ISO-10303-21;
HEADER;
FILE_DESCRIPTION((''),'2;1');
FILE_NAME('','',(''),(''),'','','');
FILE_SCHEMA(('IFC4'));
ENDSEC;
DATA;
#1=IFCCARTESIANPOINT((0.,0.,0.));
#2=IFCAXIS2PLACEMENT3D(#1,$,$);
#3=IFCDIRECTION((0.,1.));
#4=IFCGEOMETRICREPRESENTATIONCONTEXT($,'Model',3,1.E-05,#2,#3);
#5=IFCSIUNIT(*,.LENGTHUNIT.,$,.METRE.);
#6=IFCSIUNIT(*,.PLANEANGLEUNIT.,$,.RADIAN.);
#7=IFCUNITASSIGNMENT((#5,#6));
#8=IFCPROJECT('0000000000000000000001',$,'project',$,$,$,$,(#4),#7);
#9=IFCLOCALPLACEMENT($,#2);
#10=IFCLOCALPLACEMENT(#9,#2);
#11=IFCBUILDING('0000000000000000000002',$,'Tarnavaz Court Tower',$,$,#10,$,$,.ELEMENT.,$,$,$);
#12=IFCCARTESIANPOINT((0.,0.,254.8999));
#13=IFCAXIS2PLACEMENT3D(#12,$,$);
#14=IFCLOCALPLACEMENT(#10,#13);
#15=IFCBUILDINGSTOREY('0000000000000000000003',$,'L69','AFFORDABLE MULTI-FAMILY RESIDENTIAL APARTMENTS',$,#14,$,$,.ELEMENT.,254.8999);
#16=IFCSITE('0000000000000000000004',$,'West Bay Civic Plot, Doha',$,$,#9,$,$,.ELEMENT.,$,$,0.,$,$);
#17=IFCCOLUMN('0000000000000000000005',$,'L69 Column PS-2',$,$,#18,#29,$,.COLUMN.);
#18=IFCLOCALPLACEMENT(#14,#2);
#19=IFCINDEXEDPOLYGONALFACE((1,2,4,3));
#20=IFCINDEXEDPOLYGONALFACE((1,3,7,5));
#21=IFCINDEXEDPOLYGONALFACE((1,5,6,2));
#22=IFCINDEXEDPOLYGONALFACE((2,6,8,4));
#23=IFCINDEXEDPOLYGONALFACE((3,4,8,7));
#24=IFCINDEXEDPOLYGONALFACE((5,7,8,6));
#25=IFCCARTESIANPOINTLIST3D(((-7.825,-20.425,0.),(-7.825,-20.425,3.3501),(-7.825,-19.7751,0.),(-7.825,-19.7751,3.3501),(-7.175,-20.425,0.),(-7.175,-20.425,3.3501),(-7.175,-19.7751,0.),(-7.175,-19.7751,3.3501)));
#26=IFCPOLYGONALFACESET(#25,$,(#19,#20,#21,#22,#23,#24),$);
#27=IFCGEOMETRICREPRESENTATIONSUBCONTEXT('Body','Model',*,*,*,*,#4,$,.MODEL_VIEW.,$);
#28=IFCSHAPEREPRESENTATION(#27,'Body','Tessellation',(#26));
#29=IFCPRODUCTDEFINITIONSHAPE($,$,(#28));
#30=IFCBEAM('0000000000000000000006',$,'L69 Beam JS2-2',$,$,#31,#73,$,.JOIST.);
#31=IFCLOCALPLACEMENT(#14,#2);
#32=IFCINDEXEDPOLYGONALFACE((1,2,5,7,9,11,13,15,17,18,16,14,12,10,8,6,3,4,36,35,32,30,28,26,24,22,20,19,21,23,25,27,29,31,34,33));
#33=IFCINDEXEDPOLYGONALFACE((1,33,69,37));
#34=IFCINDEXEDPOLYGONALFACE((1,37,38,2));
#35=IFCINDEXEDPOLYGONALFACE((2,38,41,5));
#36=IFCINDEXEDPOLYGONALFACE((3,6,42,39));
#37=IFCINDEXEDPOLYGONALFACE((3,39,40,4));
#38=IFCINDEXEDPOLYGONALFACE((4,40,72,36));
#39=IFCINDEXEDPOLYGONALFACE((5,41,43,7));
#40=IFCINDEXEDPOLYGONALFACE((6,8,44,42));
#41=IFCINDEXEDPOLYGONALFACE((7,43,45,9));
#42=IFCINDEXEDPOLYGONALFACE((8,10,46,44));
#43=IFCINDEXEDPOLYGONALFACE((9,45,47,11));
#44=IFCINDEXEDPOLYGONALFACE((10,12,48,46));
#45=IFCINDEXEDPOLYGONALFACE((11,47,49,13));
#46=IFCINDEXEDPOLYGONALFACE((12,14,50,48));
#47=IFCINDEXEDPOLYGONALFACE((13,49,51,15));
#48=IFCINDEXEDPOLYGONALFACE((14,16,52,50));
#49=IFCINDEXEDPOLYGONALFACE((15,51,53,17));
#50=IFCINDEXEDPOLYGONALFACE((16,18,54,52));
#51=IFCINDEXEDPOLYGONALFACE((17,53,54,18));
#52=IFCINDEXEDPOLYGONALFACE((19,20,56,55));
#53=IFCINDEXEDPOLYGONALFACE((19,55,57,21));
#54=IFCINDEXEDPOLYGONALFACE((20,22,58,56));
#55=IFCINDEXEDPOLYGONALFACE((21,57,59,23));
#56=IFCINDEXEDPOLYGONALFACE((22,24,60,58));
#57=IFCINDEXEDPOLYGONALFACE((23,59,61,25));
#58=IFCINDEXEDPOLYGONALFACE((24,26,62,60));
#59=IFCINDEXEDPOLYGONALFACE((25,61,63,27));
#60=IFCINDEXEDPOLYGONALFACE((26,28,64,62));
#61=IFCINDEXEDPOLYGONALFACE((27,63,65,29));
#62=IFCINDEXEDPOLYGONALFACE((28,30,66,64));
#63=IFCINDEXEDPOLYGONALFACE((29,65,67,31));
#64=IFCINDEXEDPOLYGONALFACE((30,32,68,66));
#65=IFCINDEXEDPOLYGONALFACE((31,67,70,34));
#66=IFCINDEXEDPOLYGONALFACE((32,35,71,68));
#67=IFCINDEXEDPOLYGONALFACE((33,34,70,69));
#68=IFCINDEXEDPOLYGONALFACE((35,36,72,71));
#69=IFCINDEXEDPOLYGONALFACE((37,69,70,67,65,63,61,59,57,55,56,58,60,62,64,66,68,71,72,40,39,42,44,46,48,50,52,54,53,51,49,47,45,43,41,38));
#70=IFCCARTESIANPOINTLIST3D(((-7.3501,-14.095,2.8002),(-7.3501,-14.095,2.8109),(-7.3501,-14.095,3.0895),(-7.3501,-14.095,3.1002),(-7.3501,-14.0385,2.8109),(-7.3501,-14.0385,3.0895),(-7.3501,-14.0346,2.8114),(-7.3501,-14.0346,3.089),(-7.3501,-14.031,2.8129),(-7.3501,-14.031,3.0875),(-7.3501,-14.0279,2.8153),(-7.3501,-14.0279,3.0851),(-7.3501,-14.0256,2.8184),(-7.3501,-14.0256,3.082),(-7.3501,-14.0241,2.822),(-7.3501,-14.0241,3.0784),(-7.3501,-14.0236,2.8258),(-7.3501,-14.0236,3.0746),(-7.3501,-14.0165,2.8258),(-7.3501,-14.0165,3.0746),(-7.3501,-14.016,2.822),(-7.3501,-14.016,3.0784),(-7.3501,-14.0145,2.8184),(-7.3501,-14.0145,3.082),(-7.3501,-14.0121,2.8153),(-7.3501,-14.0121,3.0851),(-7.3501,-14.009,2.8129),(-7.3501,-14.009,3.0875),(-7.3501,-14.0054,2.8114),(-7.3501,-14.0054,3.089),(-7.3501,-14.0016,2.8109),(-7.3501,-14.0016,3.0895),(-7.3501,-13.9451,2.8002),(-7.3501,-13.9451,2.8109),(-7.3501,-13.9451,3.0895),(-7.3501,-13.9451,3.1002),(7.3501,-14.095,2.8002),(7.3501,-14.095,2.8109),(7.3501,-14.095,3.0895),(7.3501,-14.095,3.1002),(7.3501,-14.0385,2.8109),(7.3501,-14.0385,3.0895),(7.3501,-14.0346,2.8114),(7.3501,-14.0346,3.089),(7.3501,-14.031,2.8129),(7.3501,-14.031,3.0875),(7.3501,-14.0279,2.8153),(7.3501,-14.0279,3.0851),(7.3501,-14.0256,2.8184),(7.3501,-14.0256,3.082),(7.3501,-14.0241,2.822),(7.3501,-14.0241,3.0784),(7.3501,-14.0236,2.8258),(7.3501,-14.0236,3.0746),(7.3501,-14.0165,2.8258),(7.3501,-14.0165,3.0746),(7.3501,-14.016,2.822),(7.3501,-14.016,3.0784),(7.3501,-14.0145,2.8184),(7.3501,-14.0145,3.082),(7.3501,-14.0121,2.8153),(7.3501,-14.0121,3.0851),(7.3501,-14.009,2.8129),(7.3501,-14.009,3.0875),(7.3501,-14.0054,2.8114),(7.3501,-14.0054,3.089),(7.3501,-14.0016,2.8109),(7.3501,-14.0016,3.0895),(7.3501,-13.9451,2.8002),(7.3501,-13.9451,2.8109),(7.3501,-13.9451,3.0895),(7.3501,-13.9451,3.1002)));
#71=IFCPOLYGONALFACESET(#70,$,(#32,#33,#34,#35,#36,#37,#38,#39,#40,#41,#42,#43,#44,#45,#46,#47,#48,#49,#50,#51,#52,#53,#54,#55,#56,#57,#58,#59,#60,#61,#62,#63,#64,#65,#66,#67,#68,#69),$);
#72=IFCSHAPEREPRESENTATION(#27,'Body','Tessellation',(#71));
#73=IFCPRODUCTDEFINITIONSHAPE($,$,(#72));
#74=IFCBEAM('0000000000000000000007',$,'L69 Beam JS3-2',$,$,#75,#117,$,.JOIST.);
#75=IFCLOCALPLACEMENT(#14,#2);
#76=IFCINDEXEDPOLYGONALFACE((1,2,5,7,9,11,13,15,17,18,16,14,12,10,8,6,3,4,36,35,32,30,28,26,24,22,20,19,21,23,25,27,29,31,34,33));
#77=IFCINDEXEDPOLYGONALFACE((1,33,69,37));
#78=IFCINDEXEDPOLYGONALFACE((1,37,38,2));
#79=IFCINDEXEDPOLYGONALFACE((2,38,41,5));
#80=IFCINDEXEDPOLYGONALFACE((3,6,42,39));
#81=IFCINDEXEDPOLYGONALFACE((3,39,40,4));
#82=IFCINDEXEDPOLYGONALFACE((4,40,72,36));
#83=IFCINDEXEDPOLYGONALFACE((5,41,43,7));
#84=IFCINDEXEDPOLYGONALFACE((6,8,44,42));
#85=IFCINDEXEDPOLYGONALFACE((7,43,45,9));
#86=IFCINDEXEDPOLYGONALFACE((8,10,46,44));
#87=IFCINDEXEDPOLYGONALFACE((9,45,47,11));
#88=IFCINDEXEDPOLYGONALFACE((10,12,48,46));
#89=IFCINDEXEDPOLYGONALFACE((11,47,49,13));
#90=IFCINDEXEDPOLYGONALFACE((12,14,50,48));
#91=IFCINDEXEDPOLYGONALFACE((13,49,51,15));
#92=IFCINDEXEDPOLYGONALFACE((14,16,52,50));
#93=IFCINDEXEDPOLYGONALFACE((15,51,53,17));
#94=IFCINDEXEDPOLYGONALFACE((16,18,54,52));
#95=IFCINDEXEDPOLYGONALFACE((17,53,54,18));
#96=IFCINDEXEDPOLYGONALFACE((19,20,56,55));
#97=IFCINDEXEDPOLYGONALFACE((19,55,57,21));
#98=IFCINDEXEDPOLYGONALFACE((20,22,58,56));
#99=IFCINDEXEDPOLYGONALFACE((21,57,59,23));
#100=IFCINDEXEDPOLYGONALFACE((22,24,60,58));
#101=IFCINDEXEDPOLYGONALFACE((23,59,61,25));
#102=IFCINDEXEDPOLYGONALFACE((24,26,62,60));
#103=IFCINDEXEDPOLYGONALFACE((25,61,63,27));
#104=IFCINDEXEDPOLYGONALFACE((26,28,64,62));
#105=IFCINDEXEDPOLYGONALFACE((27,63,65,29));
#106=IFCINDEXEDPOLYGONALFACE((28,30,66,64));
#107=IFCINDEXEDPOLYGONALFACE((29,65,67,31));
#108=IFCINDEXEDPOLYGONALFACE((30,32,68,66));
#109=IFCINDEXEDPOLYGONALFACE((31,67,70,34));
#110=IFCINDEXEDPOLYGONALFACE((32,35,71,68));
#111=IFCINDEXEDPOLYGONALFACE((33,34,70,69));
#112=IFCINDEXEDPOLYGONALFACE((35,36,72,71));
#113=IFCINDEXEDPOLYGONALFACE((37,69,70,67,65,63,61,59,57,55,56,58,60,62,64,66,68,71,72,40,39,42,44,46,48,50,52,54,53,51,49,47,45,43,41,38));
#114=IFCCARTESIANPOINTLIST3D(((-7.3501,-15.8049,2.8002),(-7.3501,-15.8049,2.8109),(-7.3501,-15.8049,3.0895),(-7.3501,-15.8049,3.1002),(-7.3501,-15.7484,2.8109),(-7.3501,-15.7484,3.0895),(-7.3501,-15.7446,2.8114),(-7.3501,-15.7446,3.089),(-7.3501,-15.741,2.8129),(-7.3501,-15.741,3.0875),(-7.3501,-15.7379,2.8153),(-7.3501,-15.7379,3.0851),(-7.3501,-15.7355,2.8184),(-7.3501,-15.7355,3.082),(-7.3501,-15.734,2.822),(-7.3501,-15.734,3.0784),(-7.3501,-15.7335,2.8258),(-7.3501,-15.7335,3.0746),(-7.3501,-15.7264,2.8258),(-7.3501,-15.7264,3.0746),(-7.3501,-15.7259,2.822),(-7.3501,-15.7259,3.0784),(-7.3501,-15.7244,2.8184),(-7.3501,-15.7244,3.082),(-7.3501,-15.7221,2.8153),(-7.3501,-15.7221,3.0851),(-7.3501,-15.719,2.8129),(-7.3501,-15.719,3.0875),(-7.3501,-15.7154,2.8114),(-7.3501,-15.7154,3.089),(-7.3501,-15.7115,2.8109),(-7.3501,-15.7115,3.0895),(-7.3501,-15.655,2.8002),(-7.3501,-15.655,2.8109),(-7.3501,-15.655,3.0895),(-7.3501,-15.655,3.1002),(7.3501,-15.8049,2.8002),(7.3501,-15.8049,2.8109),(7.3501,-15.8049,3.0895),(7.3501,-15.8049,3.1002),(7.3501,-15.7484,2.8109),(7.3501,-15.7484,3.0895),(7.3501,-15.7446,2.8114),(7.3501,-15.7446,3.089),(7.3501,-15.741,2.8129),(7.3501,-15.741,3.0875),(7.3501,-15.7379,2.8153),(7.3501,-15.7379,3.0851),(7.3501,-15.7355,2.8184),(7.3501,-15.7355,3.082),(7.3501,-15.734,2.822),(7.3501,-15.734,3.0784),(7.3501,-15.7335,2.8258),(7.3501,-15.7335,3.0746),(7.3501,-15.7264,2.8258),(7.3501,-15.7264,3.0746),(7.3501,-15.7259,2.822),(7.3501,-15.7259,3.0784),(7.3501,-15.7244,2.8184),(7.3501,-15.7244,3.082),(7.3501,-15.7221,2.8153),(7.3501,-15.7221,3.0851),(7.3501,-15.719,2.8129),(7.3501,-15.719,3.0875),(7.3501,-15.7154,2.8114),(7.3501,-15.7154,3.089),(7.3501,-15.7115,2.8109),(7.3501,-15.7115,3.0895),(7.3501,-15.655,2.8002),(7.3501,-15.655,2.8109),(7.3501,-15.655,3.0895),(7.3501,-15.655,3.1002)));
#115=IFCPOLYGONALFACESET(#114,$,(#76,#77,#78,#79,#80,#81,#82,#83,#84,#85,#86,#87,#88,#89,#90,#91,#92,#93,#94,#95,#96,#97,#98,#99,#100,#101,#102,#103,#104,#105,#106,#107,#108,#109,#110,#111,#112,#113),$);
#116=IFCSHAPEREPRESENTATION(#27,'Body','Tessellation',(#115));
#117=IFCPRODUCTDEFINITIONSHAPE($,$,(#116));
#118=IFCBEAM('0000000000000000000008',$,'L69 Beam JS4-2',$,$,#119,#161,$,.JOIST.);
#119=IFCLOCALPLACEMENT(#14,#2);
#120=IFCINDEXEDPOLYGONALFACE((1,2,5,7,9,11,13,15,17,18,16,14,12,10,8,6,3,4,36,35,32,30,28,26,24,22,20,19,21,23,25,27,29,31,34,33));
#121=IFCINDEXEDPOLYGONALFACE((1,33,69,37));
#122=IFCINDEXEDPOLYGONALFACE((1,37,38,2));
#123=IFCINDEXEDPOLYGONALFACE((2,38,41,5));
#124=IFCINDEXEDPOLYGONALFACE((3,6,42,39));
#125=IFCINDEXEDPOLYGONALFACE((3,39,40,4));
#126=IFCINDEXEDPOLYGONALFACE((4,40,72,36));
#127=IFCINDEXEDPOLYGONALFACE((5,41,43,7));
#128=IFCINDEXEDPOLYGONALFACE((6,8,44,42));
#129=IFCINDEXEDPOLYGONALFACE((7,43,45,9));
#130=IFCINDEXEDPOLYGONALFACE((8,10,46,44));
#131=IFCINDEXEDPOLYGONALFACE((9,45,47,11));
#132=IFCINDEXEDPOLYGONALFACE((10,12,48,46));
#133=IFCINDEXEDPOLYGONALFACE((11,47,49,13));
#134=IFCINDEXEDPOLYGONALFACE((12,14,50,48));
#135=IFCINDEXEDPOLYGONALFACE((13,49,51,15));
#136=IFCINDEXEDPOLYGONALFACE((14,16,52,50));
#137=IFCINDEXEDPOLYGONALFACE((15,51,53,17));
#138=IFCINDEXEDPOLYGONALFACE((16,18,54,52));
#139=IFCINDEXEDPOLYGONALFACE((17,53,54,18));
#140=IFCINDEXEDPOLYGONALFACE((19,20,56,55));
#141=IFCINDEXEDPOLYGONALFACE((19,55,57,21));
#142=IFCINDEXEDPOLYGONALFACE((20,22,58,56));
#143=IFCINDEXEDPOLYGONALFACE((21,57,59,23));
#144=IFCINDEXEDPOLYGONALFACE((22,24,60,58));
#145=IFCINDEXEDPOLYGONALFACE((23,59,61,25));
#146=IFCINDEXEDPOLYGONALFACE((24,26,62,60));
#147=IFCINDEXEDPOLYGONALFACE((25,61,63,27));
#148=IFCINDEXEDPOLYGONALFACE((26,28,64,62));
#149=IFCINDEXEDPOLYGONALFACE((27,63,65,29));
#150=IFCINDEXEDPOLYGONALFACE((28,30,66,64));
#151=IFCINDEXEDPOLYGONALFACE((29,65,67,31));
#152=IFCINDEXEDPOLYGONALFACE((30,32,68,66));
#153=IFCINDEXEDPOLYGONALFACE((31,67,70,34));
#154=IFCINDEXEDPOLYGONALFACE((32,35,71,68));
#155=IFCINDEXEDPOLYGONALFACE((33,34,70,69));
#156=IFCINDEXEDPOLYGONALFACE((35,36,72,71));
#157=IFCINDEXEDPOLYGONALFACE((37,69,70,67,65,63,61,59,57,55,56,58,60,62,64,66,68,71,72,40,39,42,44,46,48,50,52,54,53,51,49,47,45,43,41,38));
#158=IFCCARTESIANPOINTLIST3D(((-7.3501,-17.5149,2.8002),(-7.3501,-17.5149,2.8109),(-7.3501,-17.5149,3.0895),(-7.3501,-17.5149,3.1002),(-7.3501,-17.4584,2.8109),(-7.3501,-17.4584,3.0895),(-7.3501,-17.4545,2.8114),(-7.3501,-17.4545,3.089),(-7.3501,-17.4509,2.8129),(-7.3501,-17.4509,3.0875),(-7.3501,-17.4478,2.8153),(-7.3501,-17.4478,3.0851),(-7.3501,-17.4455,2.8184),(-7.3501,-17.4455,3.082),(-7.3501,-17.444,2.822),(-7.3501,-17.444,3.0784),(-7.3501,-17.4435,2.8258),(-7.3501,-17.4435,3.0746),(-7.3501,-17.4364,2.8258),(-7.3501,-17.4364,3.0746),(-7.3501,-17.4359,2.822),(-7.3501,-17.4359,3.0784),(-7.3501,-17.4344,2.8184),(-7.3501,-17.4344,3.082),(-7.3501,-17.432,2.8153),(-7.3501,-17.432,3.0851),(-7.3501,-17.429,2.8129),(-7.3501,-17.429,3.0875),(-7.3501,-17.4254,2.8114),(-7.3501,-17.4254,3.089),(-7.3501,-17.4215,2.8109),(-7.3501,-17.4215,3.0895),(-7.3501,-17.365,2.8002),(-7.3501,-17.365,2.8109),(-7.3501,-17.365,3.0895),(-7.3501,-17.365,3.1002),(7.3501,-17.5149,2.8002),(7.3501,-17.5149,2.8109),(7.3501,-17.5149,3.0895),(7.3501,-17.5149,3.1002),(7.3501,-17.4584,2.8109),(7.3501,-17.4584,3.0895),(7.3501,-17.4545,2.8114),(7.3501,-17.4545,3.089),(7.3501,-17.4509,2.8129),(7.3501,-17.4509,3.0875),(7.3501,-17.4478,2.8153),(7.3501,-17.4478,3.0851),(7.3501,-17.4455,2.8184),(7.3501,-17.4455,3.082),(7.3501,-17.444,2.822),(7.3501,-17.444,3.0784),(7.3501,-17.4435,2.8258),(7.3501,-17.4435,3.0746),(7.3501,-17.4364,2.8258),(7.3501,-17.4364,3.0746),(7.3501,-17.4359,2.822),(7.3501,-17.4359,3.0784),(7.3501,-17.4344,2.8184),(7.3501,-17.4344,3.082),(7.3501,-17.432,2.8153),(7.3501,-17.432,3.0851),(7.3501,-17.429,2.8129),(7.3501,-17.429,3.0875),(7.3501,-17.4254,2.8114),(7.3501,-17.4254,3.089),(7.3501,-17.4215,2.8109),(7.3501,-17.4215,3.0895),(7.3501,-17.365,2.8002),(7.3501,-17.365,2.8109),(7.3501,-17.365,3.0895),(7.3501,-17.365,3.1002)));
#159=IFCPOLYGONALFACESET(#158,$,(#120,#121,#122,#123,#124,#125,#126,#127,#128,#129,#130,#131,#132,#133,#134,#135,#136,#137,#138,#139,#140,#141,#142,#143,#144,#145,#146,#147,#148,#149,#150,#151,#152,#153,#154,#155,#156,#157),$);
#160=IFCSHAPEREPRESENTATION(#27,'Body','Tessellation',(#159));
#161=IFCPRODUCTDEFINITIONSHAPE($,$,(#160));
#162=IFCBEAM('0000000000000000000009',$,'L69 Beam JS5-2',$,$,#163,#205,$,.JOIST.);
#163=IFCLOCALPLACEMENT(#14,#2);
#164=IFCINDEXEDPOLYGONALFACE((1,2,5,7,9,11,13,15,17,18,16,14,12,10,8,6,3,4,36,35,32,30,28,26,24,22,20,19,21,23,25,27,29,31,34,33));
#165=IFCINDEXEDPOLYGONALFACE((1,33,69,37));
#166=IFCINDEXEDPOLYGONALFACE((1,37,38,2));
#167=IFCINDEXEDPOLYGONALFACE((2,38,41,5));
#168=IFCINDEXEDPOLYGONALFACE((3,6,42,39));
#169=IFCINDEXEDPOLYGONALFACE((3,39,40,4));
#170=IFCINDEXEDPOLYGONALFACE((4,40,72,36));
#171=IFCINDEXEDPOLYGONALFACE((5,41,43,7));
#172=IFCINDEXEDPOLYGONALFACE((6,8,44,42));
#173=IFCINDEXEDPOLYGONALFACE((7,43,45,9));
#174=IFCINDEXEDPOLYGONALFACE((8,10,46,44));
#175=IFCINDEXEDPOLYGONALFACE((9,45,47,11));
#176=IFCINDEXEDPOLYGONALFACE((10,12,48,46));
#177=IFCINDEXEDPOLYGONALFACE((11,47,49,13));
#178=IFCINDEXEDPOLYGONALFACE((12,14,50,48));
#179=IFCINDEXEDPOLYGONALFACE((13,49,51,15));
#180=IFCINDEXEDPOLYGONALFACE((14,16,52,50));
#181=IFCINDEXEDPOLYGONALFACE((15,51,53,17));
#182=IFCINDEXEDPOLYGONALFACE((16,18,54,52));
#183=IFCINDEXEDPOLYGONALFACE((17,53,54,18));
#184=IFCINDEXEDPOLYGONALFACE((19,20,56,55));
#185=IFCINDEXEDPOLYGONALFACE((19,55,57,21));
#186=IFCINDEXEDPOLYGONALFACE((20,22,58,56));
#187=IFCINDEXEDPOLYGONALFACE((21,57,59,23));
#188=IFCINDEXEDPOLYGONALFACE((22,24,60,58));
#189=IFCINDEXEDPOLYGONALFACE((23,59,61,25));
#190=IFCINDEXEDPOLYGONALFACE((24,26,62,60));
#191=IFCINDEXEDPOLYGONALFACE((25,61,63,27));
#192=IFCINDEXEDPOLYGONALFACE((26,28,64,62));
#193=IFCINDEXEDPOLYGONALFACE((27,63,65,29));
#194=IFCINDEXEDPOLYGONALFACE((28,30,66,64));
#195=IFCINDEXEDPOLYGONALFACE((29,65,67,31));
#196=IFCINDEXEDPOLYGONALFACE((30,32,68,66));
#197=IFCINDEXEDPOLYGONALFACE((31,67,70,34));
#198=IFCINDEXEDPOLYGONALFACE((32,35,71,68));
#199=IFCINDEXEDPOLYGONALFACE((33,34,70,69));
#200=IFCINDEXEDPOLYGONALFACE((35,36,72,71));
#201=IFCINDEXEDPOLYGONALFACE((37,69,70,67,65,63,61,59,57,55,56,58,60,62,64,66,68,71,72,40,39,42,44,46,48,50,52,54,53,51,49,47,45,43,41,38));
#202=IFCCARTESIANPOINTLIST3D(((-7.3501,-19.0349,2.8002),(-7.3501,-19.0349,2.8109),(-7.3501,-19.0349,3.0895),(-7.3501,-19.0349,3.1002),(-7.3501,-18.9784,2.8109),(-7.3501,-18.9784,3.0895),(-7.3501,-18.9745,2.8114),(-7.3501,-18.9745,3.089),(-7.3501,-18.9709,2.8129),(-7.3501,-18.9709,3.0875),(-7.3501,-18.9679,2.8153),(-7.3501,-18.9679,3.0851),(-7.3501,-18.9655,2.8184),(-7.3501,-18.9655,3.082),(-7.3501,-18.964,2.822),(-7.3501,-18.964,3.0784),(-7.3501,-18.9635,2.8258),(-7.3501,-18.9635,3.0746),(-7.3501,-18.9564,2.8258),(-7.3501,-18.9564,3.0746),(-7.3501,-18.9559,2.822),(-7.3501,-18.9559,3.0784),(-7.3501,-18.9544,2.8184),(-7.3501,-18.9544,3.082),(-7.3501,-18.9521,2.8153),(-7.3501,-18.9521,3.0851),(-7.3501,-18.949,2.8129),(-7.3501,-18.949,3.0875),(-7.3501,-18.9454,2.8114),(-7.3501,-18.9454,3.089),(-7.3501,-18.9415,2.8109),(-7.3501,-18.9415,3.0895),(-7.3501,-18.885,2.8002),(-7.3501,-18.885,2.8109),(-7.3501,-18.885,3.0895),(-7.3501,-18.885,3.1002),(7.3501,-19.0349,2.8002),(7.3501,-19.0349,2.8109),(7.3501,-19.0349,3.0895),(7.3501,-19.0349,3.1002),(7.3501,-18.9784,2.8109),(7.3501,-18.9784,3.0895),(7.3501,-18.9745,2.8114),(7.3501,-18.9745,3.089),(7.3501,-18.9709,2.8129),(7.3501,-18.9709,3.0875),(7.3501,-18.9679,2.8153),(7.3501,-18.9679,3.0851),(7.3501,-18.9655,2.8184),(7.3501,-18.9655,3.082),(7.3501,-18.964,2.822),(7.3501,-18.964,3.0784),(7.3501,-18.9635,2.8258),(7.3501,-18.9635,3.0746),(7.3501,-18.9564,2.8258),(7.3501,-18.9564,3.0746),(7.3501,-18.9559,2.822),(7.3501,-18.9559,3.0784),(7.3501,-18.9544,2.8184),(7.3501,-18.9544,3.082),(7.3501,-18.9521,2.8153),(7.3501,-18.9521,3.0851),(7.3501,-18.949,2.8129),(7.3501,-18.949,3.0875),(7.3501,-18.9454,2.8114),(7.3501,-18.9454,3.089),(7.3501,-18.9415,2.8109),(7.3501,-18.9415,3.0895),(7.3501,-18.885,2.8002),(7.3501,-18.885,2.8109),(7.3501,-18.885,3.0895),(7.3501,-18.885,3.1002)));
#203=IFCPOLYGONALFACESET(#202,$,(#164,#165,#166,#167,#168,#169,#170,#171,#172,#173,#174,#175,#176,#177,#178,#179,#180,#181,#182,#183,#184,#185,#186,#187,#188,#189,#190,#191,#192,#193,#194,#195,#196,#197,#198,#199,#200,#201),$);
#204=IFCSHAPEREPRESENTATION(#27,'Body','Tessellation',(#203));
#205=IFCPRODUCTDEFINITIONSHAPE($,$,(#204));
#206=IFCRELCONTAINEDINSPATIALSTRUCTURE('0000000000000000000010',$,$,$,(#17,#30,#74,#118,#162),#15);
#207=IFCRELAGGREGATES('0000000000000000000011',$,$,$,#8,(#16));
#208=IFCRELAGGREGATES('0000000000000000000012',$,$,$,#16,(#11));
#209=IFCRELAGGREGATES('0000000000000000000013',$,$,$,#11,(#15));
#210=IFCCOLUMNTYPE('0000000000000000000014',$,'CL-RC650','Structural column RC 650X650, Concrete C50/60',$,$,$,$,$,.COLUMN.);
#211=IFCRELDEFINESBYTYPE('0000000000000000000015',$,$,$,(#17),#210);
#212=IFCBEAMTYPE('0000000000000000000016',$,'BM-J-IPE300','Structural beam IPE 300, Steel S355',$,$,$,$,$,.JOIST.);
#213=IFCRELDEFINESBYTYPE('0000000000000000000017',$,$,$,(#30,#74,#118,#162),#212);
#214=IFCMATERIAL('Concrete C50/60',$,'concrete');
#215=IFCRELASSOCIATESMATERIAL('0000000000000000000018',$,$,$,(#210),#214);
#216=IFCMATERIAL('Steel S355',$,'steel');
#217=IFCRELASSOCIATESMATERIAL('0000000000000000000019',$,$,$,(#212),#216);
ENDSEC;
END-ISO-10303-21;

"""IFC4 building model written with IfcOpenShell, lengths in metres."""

from ifc_helpers import new_model, si_unit, direction, frame, origin, origin_2d, place, context, subcontext, project, spatial, rectangle, i_section, extrude, material, material_profile, profile_set, type_object, element, save


model = new_model("IFC4")

# Units and contexts
model_context = context("Model", 3, precision=1e-05, world=origin(), true_north=direction((0.0, 1.0)))
body_context = subcontext(model_context, "Body", "Model", "MODEL_VIEW")
ifc_project = project(units=[si_unit("LENGTHUNIT", "METRE"), si_unit("PLANEANGLEUNIT", "RADIAN")], contexts=[model_context])

# Site, building, storey
site_placement = place(None, origin())
site = spatial("IfcSite", under=ifc_project, at=site_placement, Name="West Bay Civic Plot, Doha", CompositionType="ELEMENT", RefElevation=0.0)
building_placement = place(site_placement, origin())
building = spatial("IfcBuilding", under=site, at=building_placement, Name="Tarnavaz Court Tower", CompositionType="ELEMENT")
storey_placement = place(building_placement, frame((0.0, 0.0, 254.8999)))
storey = spatial("IfcBuildingStorey", under=building, at=storey_placement, Name="L69", Description="AFFORDABLE MULTI-FAMILY RESIDENTIAL APARTMENTS", CompositionType="ELEMENT", Elevation=254.8999)

# Column
ifc_material_1 = material(Name="Concrete C50/60", Category="concrete")
ifc_material_profile_1 = material_profile(ifc_material_1, rectangle(XDim=0.6499, YDim=0.6499, at=origin_2d()), Name="RC 650X650")
ifc_profile_set_1 = profile_set([ifc_material_profile_1], Name="Concrete C50/60")
column_type = type_object("IfcColumnType", Name="CL-RC650", Description="Structural column RC 650X650, Concrete C50/60", PredefinedType="COLUMN", material=ifc_profile_set_1)
column_placement = place(storey_placement, frame((-7.5, -20.1001, 0.0), z_axis=(0.0, 0.0, 1.0), x_axis=(1.0, 0.0, 0.0)))
element("IfcColumn", 1, at=column_placement, inside=storey, type_object=column_type, Name="L69 Column PS-2", PredefinedType="COLUMN", context=body_context, shape_type="SweptSolid", body=[
    extrude(rectangle(XDim=0.6499, YDim=0.6499, at=origin_2d()), origin(), (0.0, 0.0, 1.0), 3.3501),
])

# Beams
ifc_material_2 = material(Name="Steel S355", Category="steel")
ifc_material_profile_2 = material_profile(ifc_material_2, i_section(OverallWidth=0.1499, OverallDepth=0.3, WebThickness=0.0071, FlangeThickness=0.0107, FilletRadius=0.0149, at=origin_2d()), Name="IPE 300")
ifc_profile_set_2 = profile_set([ifc_material_profile_2], Name="Steel S355")
beam_type_1 = type_object("IfcBeamType", Name="BM-J-IPE300", Description="Structural beam IPE 300, Steel S355", PredefinedType="JOIST", material=ifc_profile_set_2)
for number, where, z_axis, x_axis, name in (
    (2, (-7.3501, -14.02, 2.9502), (1.0, 0.0, 0.0), (0.0, 1.0, 0.0), "L69 Beam JS2-2"),
    (3, (-7.3501, -15.73, 2.9502), (1.0, 0.0, 0.0), (0.0, 1.0, 0.0), "L69 Beam JS3-2"),
    (4, (-7.3501, -17.4399, 2.9502), (1.0, 0.0, 0.0), (0.0, 1.0, 0.0), "L69 Beam JS4-2"),
    (5, (-7.3501, -18.96, 2.9502), (1.0, 0.0, 0.0), (0.0, 1.0, 0.0), "L69 Beam JS5-2"),
):
    element("IfcBeam", number, at=place(storey_placement, frame(where, z_axis=z_axis, x_axis=x_axis)), inside=storey, type_object=beam_type_1, Name=name, PredefinedType="JOIST", context=body_context, shape_type="SweptSolid", body=[
        extrude(i_section(OverallWidth=0.1499, OverallDepth=0.3, WebThickness=0.0071, FlangeThickness=0.0107, FilletRadius=0.0149, at=origin_2d()), origin(), (0.0, 0.0, 1.0), 14.7002),
    ])

save(model, "model.ifc")
